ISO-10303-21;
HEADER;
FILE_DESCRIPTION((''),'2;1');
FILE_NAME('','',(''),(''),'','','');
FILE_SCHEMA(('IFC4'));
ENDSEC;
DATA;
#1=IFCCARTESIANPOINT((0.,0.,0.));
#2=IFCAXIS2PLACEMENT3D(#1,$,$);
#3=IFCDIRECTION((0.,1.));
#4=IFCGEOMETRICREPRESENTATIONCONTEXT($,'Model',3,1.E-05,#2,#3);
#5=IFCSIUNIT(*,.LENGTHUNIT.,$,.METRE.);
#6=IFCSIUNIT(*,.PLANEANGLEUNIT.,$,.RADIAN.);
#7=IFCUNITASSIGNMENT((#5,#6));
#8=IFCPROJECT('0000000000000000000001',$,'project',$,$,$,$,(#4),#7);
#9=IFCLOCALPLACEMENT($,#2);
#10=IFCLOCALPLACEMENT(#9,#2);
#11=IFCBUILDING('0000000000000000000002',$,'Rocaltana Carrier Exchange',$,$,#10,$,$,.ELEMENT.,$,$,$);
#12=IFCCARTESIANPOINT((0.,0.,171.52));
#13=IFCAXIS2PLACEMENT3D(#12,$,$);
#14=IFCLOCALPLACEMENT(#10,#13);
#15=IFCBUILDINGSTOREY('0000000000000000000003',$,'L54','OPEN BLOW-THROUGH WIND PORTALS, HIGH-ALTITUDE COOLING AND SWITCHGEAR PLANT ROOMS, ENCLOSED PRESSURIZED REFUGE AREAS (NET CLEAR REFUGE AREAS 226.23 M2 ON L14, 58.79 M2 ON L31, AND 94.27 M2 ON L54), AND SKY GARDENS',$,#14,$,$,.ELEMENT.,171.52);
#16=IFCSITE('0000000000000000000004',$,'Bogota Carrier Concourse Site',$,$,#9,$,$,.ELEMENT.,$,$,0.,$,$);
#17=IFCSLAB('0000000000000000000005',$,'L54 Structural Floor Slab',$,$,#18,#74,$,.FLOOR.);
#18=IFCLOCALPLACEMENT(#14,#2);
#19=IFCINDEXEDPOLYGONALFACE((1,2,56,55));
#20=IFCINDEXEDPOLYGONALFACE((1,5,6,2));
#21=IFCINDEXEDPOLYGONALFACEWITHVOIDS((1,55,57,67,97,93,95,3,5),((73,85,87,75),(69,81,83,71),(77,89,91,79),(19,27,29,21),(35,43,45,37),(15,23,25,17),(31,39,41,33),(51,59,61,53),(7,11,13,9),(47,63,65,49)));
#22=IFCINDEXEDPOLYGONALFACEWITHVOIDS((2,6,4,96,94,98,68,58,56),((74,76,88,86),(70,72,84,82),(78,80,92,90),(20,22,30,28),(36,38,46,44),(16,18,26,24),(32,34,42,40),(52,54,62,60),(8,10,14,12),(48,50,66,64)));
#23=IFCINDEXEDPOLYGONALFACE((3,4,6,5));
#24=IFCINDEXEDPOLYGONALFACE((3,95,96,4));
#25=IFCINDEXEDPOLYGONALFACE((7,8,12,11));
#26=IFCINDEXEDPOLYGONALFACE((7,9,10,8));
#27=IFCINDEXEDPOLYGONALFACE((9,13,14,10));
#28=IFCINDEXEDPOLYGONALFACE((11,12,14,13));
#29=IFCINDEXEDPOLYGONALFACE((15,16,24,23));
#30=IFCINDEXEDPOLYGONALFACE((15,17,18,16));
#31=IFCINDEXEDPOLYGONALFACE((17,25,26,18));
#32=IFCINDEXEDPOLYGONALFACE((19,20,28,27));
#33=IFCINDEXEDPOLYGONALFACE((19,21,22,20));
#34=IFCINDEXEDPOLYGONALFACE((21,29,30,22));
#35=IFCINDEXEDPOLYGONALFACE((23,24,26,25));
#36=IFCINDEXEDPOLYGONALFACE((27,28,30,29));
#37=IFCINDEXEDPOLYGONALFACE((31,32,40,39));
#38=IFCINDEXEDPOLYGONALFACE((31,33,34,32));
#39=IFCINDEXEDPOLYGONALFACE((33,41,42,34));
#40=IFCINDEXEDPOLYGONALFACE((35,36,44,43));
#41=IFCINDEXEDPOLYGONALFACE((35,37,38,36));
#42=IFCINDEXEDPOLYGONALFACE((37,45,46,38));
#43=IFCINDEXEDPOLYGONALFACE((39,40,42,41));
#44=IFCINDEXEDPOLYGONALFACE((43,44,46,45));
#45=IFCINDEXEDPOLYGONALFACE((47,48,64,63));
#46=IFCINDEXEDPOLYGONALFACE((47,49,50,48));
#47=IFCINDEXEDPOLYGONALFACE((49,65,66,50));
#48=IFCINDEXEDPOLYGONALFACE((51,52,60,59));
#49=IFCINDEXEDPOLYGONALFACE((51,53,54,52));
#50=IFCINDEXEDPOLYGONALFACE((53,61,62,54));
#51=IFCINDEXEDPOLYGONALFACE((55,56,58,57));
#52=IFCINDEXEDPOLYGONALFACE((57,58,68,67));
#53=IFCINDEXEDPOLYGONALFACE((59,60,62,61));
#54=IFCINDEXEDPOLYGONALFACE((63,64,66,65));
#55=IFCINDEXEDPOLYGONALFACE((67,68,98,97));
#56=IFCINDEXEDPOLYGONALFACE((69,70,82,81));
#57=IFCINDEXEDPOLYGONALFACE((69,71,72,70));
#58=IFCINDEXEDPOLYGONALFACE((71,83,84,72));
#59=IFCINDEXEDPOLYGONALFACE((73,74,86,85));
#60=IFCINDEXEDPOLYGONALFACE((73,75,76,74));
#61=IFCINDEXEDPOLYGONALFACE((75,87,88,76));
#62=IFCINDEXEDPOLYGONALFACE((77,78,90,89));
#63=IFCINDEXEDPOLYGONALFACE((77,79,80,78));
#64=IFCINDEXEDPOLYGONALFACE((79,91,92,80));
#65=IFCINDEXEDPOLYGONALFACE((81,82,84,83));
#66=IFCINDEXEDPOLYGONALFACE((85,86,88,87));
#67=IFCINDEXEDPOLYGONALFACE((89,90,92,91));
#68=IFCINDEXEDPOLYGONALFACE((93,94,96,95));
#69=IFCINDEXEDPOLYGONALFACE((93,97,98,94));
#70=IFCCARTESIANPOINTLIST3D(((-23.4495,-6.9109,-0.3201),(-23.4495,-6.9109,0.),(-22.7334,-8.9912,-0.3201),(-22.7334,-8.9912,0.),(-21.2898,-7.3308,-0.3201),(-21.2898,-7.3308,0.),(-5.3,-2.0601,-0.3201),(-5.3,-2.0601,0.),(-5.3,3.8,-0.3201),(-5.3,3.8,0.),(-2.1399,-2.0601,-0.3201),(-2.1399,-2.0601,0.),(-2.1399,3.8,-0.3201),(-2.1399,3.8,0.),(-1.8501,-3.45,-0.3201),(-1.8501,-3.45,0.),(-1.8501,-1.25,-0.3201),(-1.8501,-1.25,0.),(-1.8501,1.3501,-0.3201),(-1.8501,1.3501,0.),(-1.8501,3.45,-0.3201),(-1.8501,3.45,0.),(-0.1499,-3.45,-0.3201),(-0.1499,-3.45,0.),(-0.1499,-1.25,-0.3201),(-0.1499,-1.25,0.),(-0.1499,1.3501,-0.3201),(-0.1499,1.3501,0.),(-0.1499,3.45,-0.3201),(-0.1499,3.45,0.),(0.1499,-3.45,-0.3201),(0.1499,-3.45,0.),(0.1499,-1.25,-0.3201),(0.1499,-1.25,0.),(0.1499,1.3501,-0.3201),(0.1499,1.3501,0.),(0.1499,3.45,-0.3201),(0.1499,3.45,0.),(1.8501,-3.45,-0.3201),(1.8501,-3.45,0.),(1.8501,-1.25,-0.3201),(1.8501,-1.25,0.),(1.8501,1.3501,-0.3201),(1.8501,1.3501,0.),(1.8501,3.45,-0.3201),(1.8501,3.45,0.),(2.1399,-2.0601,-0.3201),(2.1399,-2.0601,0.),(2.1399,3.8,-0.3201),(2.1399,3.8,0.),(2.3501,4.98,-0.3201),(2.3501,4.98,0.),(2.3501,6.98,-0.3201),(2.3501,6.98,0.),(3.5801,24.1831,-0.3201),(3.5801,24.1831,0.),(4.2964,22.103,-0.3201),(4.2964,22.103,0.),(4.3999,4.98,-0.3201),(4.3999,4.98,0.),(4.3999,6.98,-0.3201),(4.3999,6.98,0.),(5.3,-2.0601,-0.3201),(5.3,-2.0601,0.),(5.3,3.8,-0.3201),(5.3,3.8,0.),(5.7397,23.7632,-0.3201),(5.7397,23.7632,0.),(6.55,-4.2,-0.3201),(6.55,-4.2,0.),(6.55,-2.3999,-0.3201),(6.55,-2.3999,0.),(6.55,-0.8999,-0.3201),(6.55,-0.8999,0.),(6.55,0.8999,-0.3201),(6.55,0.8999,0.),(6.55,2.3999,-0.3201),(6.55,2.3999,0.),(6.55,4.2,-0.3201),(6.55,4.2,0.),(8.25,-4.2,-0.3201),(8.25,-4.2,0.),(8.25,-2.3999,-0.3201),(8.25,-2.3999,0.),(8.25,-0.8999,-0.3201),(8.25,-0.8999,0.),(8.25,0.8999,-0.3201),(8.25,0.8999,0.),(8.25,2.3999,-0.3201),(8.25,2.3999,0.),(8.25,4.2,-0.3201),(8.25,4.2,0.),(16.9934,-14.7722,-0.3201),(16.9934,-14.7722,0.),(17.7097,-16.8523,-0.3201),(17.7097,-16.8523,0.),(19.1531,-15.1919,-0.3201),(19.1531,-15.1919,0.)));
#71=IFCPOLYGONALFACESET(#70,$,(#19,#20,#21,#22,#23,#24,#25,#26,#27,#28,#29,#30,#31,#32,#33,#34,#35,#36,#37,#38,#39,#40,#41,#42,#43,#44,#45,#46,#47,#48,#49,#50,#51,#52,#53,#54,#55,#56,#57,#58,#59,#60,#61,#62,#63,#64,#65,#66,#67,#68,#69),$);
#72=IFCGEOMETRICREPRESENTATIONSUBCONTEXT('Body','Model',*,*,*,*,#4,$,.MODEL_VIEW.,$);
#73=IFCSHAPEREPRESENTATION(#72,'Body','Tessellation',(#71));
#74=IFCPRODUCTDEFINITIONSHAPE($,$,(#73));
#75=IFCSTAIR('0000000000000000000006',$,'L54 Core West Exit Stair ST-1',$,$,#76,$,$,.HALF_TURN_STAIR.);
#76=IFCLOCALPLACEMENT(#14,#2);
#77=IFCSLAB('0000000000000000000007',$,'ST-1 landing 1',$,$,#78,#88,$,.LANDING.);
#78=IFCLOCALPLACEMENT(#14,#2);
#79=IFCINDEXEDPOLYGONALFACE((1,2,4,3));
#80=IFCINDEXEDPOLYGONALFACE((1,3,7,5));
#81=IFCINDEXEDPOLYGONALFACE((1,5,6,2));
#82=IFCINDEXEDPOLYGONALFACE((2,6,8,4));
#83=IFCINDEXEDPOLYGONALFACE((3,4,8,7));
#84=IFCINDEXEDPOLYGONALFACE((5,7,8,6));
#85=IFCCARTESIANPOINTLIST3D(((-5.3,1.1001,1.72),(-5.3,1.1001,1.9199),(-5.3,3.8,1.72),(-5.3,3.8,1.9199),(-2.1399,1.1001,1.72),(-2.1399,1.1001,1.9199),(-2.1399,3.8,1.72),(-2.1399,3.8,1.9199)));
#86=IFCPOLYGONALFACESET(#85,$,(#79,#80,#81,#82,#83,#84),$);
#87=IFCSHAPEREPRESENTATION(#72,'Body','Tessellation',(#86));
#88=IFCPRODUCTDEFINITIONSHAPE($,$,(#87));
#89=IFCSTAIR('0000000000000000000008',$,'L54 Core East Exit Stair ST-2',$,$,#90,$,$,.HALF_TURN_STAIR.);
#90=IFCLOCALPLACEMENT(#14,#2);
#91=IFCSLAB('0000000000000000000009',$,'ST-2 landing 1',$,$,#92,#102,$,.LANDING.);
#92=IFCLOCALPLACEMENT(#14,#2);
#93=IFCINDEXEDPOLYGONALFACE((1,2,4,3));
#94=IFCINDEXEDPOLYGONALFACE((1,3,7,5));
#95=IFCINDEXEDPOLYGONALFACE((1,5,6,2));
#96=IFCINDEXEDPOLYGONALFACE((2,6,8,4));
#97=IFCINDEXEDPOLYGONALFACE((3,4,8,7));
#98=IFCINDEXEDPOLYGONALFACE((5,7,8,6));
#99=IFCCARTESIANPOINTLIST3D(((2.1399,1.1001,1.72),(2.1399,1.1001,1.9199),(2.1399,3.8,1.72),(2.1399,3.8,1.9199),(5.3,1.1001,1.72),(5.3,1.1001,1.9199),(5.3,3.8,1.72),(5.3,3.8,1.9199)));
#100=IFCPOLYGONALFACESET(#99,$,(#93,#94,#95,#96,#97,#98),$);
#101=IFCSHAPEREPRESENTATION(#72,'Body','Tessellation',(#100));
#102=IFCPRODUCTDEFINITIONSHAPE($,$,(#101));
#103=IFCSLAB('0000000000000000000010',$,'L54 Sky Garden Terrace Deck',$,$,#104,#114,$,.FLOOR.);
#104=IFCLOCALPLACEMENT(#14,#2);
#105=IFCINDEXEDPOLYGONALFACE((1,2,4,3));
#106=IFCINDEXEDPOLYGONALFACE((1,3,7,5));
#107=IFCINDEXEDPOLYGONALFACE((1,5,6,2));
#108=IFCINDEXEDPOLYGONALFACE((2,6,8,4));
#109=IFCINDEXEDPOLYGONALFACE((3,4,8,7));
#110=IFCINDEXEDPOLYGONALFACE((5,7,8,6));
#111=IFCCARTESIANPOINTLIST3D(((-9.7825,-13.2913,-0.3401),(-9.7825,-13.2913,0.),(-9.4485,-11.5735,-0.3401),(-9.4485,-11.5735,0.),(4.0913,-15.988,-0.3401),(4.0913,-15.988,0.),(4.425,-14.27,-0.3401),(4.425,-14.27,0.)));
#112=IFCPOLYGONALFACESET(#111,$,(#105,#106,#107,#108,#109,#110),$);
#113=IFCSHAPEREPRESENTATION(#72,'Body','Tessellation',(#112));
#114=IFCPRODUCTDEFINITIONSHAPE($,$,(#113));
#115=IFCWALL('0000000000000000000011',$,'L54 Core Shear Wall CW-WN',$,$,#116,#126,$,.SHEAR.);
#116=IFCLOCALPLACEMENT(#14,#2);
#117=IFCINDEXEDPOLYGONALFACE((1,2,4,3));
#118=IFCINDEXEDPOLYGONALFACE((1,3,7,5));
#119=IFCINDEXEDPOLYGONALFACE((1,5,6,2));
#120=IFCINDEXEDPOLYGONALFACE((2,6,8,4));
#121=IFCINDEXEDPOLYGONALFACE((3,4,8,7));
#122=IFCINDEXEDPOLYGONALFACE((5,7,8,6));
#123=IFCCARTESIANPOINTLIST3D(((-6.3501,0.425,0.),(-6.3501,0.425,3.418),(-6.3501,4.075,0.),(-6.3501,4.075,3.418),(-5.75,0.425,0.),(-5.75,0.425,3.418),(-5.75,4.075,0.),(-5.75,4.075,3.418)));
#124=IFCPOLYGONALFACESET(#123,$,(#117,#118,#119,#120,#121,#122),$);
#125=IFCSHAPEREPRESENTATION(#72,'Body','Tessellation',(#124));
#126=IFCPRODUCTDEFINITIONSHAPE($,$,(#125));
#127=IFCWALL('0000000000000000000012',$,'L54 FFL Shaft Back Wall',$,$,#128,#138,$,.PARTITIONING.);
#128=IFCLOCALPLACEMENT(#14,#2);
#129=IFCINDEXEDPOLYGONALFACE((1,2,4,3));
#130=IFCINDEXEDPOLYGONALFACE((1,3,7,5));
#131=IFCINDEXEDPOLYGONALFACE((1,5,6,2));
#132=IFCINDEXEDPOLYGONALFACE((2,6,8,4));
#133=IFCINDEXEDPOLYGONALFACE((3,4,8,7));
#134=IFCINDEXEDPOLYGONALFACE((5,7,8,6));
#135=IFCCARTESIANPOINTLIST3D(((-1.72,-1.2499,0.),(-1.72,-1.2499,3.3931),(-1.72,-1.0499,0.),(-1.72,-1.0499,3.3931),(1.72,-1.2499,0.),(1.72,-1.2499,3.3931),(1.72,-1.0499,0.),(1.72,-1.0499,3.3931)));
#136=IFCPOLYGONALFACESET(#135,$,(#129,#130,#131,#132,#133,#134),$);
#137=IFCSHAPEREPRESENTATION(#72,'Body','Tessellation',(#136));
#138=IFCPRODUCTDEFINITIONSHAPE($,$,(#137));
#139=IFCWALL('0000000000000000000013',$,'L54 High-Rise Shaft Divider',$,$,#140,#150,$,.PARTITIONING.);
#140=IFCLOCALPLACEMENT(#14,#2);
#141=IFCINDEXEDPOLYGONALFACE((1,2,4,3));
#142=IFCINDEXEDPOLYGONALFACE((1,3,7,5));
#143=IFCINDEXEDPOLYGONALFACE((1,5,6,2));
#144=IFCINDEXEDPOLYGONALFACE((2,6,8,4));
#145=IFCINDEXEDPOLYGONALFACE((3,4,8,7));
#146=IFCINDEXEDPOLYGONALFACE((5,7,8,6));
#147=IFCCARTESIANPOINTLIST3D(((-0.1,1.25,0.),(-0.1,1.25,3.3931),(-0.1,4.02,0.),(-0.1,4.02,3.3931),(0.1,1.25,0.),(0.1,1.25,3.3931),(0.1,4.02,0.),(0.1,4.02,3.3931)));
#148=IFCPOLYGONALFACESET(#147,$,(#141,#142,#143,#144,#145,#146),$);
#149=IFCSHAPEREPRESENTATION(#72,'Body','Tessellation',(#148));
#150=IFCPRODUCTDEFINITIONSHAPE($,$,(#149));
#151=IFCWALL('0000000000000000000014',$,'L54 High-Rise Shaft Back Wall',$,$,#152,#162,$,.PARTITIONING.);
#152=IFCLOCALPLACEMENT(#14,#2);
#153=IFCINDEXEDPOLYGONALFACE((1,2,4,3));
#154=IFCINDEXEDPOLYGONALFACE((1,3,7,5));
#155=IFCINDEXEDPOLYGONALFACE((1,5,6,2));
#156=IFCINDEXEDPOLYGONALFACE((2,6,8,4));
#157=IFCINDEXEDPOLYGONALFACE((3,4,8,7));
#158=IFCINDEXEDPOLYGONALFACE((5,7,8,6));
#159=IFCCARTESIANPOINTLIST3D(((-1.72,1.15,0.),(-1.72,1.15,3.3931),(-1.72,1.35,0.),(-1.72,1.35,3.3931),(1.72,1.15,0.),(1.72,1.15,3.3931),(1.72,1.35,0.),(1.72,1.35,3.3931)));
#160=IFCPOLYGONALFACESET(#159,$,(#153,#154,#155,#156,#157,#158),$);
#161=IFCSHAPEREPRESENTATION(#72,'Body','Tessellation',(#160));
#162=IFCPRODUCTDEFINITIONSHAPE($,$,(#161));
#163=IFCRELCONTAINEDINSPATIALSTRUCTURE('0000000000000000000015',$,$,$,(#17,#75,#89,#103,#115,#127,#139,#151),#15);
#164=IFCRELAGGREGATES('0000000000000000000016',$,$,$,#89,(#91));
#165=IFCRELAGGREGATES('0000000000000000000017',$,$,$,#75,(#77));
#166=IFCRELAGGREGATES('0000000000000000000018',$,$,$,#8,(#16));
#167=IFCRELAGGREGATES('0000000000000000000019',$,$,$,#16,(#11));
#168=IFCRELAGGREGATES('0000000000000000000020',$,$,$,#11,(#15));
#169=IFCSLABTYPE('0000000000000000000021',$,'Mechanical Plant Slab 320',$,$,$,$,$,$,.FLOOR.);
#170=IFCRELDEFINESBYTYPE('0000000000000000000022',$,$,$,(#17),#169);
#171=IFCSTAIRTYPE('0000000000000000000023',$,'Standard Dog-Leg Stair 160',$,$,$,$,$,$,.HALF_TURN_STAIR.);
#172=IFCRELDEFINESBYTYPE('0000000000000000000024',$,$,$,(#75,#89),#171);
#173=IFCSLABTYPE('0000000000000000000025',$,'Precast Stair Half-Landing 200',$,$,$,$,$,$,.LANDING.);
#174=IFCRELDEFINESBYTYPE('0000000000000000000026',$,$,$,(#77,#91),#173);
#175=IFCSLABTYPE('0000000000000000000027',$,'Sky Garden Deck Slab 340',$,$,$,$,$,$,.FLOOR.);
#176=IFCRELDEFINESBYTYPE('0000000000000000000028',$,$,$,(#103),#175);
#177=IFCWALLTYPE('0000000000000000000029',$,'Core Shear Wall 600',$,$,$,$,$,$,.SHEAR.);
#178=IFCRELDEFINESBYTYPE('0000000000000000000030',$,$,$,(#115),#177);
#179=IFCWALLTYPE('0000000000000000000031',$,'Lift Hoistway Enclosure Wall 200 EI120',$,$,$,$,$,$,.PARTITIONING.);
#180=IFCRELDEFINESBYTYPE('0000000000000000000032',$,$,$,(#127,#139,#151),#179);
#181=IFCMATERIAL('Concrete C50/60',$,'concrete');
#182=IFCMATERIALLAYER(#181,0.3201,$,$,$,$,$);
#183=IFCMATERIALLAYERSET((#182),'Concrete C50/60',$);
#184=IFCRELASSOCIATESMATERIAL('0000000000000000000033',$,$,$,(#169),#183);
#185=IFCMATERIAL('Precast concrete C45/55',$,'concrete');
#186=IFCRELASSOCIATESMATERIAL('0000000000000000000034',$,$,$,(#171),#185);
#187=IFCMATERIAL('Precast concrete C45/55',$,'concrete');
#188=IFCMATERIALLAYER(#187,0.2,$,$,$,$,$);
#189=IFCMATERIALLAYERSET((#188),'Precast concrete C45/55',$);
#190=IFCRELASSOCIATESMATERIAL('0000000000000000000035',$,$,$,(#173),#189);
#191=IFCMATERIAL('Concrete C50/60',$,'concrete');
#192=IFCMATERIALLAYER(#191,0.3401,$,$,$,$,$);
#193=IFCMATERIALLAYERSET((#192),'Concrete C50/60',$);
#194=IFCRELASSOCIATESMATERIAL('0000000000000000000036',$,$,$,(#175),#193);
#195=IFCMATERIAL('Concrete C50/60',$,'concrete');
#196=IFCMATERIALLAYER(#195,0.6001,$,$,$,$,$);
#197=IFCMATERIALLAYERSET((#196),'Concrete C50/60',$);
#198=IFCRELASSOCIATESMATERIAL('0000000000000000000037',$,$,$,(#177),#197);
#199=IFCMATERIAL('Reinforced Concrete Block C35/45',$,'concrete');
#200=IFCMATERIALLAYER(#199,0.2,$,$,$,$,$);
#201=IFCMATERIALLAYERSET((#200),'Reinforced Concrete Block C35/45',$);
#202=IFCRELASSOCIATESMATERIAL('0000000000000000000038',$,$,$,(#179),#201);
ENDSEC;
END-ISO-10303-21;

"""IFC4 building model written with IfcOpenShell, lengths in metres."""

from ifc_helpers import new_model, si_unit, direction, frame, frame_2d, origin, place, context, subcontext, project, spatial, polyline, rectangle, outline, extrude, material, layer, layer_set, type_object, element, aggregate, save


model = new_model("IFC4")

# Units and contexts
model_context = context("Model", 3, precision=1e-05, world=origin(), true_north=direction((0.0, 1.0)))
body_context = subcontext(model_context, "Body", "Model", "MODEL_VIEW")
ifc_project = project(units=[si_unit("LENGTHUNIT", "METRE"), si_unit("PLANEANGLEUNIT", "RADIAN")], contexts=[model_context])

# Site, building, storey
site_placement = place(None, origin())
site = spatial("IfcSite", under=ifc_project, at=site_placement, Name="Bogota Carrier Concourse Site", CompositionType="ELEMENT", RefElevation=0.0)
building_placement = place(site_placement, origin())
building = spatial("IfcBuilding", under=site, at=building_placement, Name="Rocaltana Carrier Exchange", CompositionType="ELEMENT")
storey_placement = place(building_placement, frame((0.0, 0.0, 171.52)))
storey = spatial("IfcBuildingStorey", under=building, at=storey_placement, Name="L54", Description="OPEN BLOW-THROUGH WIND PORTALS, HIGH-ALTITUDE COOLING AND SWITCHGEAR PLANT ROOMS, ENCLOSED PRESSURIZED REFUGE AREAS (NET CLEAR REFUGE AREAS 226.23 M2 ON L14, 58.79 M2 ON L31, AND 94.27 M2 ON L54), AND SKY GARDENS", CompositionType="ELEMENT", Elevation=171.52)

# Slab
ifc_material_1 = material(Name="Concrete C50/60", Category="concrete")
ifc_layer_1 = layer(ifc_material_1, 0.3201)
ifc_layer_set_1 = layer_set([ifc_layer_1], Name="Concrete C50/60")
slab_type_1 = type_object("IfcSlabType", Name="Mechanical Plant Slab 320", PredefinedType="FLOOR", material=ifc_layer_set_1)
slab_1_placement = place(storey_placement, frame((0.0, 0.0, -0.3201)))
element("IfcSlab", 1, at=slab_1_placement, inside=storey, type_object=slab_type_1, Name="L54 Structural Floor Slab", PredefinedType="FLOOR", context=body_context, shape_type="SweptSolid", body=[
    extrude(outline(polyline([(17.7097, -16.8523), (16.9934, -14.7722), (19.1531, -15.1919), (5.7397, 23.7632), (4.2964, 22.103), (3.5801, 24.1831), (-23.4495, -6.9109), (-21.2898, -7.3308), (-22.7334, -8.9912), (17.7097, -16.8523)]), holes=[polyline([(-5.3, -2.0601), (-2.1399, -2.0601), (-2.1399, 3.8), (-5.3, 3.8), (-5.3, -2.0601)]), polyline([(2.1399, -2.0601), (5.3, -2.0601), (5.3, 3.8), (2.1399, 3.8), (2.1399, -2.0601)]), polyline([(-1.8501, -3.45), (-0.1499, -3.45), (-0.1499, -1.25), (-1.8501, -1.25), (-1.8501, -3.45)]), polyline([(0.1499, -3.45), (1.8501, -3.45), (1.8501, -1.25), (0.1499, -1.25), (0.1499, -3.45)]), polyline([(2.3501, 4.98), (4.3999, 4.98), (4.3999, 6.98), (2.3501, 6.98), (2.3501, 4.98)]), polyline([(-1.8501, 1.3501), (-0.1499, 1.3501), (-0.1499, 3.45), (-1.8501, 3.45), (-1.8501, 1.3501)]), polyline([(0.1499, 1.3501), (1.8501, 1.3501), (1.8501, 3.45), (0.1499, 3.45), (0.1499, 1.3501)]), polyline([(6.55, -4.2), (8.25, -4.2), (8.25, -2.3999), (6.55, -2.3999), (6.55, -4.2)]), polyline([(6.55, -0.8999), (8.25, -0.8999), (8.25, 0.8999), (6.55, 0.8999), (6.55, -0.8999)]), polyline([(6.55, 2.3999), (8.25, 2.3999), (8.25, 4.2), (6.55, 4.2), (6.55, 2.3999)])]), origin(), (0.0, 0.0, 1.0), 0.3201),
])

# Stairs, slabs
ifc_material_2 = material(Name="Precast concrete C45/55", Category="concrete")
stair_type = type_object("IfcStairType", Name="Standard Dog-Leg Stair 160", PredefinedType="HALF_TURN_STAIR", material=ifc_material_2)
stair_1_placement = place(storey_placement, origin())
stair_1 = element("IfcStair", 2, at=stair_1_placement, inside=storey, type_object=stair_type, Name="L54 Core West Exit Stair ST-1", PredefinedType="HALF_TURN_STAIR")
ifc_material_3 = material(Name="Precast concrete C45/55", Category="concrete")
ifc_layer_2 = layer(ifc_material_3, 0.2)
ifc_layer_set_2 = layer_set([ifc_layer_2], Name="Precast concrete C45/55")
slab_type_2 = type_object("IfcSlabType", Name="Precast Stair Half-Landing 200", PredefinedType="LANDING", material=ifc_layer_set_2)
slab_2_placement = place(storey_placement, frame((0.0, 0.0, 1.72)))
slab_2 = element("IfcSlab", 3, at=slab_2_placement, type_object=slab_type_2, Name="ST-1 landing 1", PredefinedType="LANDING", context=body_context, shape_type="SweptSolid", body=[
    extrude(outline(polyline([(-2.1399, 1.1001), (-2.1399, 3.8), (-5.3, 3.8), (-5.3, 1.1001), (-2.1399, 1.1001)])), origin(), (0.0, 0.0, 1.0), 0.2),
])
stair_2_placement = place(storey_placement, origin())
stair_2 = element("IfcStair", 4, at=stair_2_placement, inside=storey, type_object=stair_type, Name="L54 Core East Exit Stair ST-2", PredefinedType="HALF_TURN_STAIR")
slab_3_placement = place(storey_placement, frame((0.0, 0.0, 1.72)))
slab_3 = element("IfcSlab", 5, at=slab_3_placement, type_object=slab_type_2, Name="ST-2 landing 1", PredefinedType="LANDING", context=body_context, shape_type="SweptSolid", body=[
    extrude(outline(polyline([(5.3, 1.1001), (5.3, 3.8), (2.1399, 3.8), (2.1399, 1.1001), (5.3, 1.1001)])), origin(), (0.0, 0.0, 1.0), 0.2),
])
aggregate(stair_2, [slab_3])

# Slab
ifc_material_4 = material(Name="Concrete C50/60", Category="concrete")
ifc_layer_3 = layer(ifc_material_4, 0.3401)
ifc_layer_set_3 = layer_set([ifc_layer_3], Name="Concrete C50/60")
slab_type_3 = type_object("IfcSlabType", Name="Sky Garden Deck Slab 340", PredefinedType="FLOOR", material=ifc_layer_set_3)
slab_4_placement = place(storey_placement, frame((0.0, 0.0, -0.3401)))
element("IfcSlab", 6, at=slab_4_placement, inside=storey, type_object=slab_type_3, Name="L54 Sky Garden Terrace Deck", PredefinedType="FLOOR", context=body_context, shape_type="SweptSolid", body=[
    extrude(outline(polyline([(-9.4485, -11.5735), (-9.7825, -13.2913), (4.0913, -15.988), (4.425, -14.27), (-9.4485, -11.5735)])), origin(), (0.0, 0.0, 1.0), 0.3401),
])

# Walls
ifc_material_5 = material(Name="Concrete C50/60", Category="concrete")
ifc_layer_4 = layer(ifc_material_5, 0.6001)
ifc_layer_set_4 = layer_set([ifc_layer_4], Name="Concrete C50/60")
wall_type_1 = type_object("IfcWallType", Name="Core Shear Wall 600", PredefinedType="SHEAR", material=ifc_layer_set_4)
wall_1_placement = place(storey_placement, frame((-6.05, 0.425, 0.0), z_axis=(0.0, 0.0, 1.0), x_axis=(0.0, 1.0, 0.0)))
element("IfcWall", 7, at=wall_1_placement, inside=storey, type_object=wall_type_1, Name="L54 Core Shear Wall CW-WN", PredefinedType="SHEAR", context=body_context, shape_type="SweptSolid", body=[
    extrude(rectangle(XDim=3.6499, YDim=0.6001, at=frame_2d((1.825, 0.0))), origin(), (0.0, 0.0, 1.0), 3.418),
])
ifc_material_6 = material(Name="Reinforced Concrete Block C35/45", Category="concrete")
ifc_layer_5 = layer(ifc_material_6, 0.2)
ifc_layer_set_5 = layer_set([ifc_layer_5], Name="Reinforced Concrete Block C35/45")
wall_type_2 = type_object("IfcWallType", Name="Lift Hoistway Enclosure Wall 200 EI120", PredefinedType="PARTITIONING", material=ifc_layer_set_5)
wall_2_placement = place(storey_placement, frame((-1.72, -1.1499, 0.0), z_axis=(0.0, 0.0, 1.0), x_axis=(1.0, 0.0, 0.0)))
element("IfcWall", 8, at=wall_2_placement, inside=storey, type_object=wall_type_2, Name="L54 FFL Shaft Back Wall", PredefinedType="PARTITIONING", context=body_context, shape_type="SweptSolid", body=[
    extrude(rectangle(XDim=3.4399, YDim=0.2, at=frame_2d((1.72, 0.0))), origin(), (0.0, 0.0, 1.0), 3.3931),
])
wall_3_placement = place(storey_placement, frame((0.0, 1.25, 0.0), z_axis=(0.0, 0.0, 1.0), x_axis=(0.0, 1.0, 0.0)))
element("IfcWall", 9, at=wall_3_placement, inside=storey, type_object=wall_type_2, Name="L54 High-Rise Shaft Divider", PredefinedType="PARTITIONING", context=body_context, shape_type="SweptSolid", body=[
    extrude(rectangle(XDim=2.77, YDim=0.2, at=frame_2d((1.385, 0.0))), origin(), (0.0, 0.0, 1.0), 3.3931),
])
wall_4_placement = place(storey_placement, frame((-1.72, 1.25, 0.0), z_axis=(0.0, 0.0, 1.0), x_axis=(1.0, 0.0, 0.0)))
element("IfcWall", 10, at=wall_4_placement, inside=storey, type_object=wall_type_2, Name="L54 High-Rise Shaft Back Wall", PredefinedType="PARTITIONING", context=body_context, shape_type="SweptSolid", body=[
    extrude(rectangle(XDim=3.4399, YDim=0.2, at=frame_2d((1.72, 0.0))), origin(), (0.0, 0.0, 1.0), 3.3931),
])

aggregate(stair_1, [slab_2])

save(model, "model.ifc")
